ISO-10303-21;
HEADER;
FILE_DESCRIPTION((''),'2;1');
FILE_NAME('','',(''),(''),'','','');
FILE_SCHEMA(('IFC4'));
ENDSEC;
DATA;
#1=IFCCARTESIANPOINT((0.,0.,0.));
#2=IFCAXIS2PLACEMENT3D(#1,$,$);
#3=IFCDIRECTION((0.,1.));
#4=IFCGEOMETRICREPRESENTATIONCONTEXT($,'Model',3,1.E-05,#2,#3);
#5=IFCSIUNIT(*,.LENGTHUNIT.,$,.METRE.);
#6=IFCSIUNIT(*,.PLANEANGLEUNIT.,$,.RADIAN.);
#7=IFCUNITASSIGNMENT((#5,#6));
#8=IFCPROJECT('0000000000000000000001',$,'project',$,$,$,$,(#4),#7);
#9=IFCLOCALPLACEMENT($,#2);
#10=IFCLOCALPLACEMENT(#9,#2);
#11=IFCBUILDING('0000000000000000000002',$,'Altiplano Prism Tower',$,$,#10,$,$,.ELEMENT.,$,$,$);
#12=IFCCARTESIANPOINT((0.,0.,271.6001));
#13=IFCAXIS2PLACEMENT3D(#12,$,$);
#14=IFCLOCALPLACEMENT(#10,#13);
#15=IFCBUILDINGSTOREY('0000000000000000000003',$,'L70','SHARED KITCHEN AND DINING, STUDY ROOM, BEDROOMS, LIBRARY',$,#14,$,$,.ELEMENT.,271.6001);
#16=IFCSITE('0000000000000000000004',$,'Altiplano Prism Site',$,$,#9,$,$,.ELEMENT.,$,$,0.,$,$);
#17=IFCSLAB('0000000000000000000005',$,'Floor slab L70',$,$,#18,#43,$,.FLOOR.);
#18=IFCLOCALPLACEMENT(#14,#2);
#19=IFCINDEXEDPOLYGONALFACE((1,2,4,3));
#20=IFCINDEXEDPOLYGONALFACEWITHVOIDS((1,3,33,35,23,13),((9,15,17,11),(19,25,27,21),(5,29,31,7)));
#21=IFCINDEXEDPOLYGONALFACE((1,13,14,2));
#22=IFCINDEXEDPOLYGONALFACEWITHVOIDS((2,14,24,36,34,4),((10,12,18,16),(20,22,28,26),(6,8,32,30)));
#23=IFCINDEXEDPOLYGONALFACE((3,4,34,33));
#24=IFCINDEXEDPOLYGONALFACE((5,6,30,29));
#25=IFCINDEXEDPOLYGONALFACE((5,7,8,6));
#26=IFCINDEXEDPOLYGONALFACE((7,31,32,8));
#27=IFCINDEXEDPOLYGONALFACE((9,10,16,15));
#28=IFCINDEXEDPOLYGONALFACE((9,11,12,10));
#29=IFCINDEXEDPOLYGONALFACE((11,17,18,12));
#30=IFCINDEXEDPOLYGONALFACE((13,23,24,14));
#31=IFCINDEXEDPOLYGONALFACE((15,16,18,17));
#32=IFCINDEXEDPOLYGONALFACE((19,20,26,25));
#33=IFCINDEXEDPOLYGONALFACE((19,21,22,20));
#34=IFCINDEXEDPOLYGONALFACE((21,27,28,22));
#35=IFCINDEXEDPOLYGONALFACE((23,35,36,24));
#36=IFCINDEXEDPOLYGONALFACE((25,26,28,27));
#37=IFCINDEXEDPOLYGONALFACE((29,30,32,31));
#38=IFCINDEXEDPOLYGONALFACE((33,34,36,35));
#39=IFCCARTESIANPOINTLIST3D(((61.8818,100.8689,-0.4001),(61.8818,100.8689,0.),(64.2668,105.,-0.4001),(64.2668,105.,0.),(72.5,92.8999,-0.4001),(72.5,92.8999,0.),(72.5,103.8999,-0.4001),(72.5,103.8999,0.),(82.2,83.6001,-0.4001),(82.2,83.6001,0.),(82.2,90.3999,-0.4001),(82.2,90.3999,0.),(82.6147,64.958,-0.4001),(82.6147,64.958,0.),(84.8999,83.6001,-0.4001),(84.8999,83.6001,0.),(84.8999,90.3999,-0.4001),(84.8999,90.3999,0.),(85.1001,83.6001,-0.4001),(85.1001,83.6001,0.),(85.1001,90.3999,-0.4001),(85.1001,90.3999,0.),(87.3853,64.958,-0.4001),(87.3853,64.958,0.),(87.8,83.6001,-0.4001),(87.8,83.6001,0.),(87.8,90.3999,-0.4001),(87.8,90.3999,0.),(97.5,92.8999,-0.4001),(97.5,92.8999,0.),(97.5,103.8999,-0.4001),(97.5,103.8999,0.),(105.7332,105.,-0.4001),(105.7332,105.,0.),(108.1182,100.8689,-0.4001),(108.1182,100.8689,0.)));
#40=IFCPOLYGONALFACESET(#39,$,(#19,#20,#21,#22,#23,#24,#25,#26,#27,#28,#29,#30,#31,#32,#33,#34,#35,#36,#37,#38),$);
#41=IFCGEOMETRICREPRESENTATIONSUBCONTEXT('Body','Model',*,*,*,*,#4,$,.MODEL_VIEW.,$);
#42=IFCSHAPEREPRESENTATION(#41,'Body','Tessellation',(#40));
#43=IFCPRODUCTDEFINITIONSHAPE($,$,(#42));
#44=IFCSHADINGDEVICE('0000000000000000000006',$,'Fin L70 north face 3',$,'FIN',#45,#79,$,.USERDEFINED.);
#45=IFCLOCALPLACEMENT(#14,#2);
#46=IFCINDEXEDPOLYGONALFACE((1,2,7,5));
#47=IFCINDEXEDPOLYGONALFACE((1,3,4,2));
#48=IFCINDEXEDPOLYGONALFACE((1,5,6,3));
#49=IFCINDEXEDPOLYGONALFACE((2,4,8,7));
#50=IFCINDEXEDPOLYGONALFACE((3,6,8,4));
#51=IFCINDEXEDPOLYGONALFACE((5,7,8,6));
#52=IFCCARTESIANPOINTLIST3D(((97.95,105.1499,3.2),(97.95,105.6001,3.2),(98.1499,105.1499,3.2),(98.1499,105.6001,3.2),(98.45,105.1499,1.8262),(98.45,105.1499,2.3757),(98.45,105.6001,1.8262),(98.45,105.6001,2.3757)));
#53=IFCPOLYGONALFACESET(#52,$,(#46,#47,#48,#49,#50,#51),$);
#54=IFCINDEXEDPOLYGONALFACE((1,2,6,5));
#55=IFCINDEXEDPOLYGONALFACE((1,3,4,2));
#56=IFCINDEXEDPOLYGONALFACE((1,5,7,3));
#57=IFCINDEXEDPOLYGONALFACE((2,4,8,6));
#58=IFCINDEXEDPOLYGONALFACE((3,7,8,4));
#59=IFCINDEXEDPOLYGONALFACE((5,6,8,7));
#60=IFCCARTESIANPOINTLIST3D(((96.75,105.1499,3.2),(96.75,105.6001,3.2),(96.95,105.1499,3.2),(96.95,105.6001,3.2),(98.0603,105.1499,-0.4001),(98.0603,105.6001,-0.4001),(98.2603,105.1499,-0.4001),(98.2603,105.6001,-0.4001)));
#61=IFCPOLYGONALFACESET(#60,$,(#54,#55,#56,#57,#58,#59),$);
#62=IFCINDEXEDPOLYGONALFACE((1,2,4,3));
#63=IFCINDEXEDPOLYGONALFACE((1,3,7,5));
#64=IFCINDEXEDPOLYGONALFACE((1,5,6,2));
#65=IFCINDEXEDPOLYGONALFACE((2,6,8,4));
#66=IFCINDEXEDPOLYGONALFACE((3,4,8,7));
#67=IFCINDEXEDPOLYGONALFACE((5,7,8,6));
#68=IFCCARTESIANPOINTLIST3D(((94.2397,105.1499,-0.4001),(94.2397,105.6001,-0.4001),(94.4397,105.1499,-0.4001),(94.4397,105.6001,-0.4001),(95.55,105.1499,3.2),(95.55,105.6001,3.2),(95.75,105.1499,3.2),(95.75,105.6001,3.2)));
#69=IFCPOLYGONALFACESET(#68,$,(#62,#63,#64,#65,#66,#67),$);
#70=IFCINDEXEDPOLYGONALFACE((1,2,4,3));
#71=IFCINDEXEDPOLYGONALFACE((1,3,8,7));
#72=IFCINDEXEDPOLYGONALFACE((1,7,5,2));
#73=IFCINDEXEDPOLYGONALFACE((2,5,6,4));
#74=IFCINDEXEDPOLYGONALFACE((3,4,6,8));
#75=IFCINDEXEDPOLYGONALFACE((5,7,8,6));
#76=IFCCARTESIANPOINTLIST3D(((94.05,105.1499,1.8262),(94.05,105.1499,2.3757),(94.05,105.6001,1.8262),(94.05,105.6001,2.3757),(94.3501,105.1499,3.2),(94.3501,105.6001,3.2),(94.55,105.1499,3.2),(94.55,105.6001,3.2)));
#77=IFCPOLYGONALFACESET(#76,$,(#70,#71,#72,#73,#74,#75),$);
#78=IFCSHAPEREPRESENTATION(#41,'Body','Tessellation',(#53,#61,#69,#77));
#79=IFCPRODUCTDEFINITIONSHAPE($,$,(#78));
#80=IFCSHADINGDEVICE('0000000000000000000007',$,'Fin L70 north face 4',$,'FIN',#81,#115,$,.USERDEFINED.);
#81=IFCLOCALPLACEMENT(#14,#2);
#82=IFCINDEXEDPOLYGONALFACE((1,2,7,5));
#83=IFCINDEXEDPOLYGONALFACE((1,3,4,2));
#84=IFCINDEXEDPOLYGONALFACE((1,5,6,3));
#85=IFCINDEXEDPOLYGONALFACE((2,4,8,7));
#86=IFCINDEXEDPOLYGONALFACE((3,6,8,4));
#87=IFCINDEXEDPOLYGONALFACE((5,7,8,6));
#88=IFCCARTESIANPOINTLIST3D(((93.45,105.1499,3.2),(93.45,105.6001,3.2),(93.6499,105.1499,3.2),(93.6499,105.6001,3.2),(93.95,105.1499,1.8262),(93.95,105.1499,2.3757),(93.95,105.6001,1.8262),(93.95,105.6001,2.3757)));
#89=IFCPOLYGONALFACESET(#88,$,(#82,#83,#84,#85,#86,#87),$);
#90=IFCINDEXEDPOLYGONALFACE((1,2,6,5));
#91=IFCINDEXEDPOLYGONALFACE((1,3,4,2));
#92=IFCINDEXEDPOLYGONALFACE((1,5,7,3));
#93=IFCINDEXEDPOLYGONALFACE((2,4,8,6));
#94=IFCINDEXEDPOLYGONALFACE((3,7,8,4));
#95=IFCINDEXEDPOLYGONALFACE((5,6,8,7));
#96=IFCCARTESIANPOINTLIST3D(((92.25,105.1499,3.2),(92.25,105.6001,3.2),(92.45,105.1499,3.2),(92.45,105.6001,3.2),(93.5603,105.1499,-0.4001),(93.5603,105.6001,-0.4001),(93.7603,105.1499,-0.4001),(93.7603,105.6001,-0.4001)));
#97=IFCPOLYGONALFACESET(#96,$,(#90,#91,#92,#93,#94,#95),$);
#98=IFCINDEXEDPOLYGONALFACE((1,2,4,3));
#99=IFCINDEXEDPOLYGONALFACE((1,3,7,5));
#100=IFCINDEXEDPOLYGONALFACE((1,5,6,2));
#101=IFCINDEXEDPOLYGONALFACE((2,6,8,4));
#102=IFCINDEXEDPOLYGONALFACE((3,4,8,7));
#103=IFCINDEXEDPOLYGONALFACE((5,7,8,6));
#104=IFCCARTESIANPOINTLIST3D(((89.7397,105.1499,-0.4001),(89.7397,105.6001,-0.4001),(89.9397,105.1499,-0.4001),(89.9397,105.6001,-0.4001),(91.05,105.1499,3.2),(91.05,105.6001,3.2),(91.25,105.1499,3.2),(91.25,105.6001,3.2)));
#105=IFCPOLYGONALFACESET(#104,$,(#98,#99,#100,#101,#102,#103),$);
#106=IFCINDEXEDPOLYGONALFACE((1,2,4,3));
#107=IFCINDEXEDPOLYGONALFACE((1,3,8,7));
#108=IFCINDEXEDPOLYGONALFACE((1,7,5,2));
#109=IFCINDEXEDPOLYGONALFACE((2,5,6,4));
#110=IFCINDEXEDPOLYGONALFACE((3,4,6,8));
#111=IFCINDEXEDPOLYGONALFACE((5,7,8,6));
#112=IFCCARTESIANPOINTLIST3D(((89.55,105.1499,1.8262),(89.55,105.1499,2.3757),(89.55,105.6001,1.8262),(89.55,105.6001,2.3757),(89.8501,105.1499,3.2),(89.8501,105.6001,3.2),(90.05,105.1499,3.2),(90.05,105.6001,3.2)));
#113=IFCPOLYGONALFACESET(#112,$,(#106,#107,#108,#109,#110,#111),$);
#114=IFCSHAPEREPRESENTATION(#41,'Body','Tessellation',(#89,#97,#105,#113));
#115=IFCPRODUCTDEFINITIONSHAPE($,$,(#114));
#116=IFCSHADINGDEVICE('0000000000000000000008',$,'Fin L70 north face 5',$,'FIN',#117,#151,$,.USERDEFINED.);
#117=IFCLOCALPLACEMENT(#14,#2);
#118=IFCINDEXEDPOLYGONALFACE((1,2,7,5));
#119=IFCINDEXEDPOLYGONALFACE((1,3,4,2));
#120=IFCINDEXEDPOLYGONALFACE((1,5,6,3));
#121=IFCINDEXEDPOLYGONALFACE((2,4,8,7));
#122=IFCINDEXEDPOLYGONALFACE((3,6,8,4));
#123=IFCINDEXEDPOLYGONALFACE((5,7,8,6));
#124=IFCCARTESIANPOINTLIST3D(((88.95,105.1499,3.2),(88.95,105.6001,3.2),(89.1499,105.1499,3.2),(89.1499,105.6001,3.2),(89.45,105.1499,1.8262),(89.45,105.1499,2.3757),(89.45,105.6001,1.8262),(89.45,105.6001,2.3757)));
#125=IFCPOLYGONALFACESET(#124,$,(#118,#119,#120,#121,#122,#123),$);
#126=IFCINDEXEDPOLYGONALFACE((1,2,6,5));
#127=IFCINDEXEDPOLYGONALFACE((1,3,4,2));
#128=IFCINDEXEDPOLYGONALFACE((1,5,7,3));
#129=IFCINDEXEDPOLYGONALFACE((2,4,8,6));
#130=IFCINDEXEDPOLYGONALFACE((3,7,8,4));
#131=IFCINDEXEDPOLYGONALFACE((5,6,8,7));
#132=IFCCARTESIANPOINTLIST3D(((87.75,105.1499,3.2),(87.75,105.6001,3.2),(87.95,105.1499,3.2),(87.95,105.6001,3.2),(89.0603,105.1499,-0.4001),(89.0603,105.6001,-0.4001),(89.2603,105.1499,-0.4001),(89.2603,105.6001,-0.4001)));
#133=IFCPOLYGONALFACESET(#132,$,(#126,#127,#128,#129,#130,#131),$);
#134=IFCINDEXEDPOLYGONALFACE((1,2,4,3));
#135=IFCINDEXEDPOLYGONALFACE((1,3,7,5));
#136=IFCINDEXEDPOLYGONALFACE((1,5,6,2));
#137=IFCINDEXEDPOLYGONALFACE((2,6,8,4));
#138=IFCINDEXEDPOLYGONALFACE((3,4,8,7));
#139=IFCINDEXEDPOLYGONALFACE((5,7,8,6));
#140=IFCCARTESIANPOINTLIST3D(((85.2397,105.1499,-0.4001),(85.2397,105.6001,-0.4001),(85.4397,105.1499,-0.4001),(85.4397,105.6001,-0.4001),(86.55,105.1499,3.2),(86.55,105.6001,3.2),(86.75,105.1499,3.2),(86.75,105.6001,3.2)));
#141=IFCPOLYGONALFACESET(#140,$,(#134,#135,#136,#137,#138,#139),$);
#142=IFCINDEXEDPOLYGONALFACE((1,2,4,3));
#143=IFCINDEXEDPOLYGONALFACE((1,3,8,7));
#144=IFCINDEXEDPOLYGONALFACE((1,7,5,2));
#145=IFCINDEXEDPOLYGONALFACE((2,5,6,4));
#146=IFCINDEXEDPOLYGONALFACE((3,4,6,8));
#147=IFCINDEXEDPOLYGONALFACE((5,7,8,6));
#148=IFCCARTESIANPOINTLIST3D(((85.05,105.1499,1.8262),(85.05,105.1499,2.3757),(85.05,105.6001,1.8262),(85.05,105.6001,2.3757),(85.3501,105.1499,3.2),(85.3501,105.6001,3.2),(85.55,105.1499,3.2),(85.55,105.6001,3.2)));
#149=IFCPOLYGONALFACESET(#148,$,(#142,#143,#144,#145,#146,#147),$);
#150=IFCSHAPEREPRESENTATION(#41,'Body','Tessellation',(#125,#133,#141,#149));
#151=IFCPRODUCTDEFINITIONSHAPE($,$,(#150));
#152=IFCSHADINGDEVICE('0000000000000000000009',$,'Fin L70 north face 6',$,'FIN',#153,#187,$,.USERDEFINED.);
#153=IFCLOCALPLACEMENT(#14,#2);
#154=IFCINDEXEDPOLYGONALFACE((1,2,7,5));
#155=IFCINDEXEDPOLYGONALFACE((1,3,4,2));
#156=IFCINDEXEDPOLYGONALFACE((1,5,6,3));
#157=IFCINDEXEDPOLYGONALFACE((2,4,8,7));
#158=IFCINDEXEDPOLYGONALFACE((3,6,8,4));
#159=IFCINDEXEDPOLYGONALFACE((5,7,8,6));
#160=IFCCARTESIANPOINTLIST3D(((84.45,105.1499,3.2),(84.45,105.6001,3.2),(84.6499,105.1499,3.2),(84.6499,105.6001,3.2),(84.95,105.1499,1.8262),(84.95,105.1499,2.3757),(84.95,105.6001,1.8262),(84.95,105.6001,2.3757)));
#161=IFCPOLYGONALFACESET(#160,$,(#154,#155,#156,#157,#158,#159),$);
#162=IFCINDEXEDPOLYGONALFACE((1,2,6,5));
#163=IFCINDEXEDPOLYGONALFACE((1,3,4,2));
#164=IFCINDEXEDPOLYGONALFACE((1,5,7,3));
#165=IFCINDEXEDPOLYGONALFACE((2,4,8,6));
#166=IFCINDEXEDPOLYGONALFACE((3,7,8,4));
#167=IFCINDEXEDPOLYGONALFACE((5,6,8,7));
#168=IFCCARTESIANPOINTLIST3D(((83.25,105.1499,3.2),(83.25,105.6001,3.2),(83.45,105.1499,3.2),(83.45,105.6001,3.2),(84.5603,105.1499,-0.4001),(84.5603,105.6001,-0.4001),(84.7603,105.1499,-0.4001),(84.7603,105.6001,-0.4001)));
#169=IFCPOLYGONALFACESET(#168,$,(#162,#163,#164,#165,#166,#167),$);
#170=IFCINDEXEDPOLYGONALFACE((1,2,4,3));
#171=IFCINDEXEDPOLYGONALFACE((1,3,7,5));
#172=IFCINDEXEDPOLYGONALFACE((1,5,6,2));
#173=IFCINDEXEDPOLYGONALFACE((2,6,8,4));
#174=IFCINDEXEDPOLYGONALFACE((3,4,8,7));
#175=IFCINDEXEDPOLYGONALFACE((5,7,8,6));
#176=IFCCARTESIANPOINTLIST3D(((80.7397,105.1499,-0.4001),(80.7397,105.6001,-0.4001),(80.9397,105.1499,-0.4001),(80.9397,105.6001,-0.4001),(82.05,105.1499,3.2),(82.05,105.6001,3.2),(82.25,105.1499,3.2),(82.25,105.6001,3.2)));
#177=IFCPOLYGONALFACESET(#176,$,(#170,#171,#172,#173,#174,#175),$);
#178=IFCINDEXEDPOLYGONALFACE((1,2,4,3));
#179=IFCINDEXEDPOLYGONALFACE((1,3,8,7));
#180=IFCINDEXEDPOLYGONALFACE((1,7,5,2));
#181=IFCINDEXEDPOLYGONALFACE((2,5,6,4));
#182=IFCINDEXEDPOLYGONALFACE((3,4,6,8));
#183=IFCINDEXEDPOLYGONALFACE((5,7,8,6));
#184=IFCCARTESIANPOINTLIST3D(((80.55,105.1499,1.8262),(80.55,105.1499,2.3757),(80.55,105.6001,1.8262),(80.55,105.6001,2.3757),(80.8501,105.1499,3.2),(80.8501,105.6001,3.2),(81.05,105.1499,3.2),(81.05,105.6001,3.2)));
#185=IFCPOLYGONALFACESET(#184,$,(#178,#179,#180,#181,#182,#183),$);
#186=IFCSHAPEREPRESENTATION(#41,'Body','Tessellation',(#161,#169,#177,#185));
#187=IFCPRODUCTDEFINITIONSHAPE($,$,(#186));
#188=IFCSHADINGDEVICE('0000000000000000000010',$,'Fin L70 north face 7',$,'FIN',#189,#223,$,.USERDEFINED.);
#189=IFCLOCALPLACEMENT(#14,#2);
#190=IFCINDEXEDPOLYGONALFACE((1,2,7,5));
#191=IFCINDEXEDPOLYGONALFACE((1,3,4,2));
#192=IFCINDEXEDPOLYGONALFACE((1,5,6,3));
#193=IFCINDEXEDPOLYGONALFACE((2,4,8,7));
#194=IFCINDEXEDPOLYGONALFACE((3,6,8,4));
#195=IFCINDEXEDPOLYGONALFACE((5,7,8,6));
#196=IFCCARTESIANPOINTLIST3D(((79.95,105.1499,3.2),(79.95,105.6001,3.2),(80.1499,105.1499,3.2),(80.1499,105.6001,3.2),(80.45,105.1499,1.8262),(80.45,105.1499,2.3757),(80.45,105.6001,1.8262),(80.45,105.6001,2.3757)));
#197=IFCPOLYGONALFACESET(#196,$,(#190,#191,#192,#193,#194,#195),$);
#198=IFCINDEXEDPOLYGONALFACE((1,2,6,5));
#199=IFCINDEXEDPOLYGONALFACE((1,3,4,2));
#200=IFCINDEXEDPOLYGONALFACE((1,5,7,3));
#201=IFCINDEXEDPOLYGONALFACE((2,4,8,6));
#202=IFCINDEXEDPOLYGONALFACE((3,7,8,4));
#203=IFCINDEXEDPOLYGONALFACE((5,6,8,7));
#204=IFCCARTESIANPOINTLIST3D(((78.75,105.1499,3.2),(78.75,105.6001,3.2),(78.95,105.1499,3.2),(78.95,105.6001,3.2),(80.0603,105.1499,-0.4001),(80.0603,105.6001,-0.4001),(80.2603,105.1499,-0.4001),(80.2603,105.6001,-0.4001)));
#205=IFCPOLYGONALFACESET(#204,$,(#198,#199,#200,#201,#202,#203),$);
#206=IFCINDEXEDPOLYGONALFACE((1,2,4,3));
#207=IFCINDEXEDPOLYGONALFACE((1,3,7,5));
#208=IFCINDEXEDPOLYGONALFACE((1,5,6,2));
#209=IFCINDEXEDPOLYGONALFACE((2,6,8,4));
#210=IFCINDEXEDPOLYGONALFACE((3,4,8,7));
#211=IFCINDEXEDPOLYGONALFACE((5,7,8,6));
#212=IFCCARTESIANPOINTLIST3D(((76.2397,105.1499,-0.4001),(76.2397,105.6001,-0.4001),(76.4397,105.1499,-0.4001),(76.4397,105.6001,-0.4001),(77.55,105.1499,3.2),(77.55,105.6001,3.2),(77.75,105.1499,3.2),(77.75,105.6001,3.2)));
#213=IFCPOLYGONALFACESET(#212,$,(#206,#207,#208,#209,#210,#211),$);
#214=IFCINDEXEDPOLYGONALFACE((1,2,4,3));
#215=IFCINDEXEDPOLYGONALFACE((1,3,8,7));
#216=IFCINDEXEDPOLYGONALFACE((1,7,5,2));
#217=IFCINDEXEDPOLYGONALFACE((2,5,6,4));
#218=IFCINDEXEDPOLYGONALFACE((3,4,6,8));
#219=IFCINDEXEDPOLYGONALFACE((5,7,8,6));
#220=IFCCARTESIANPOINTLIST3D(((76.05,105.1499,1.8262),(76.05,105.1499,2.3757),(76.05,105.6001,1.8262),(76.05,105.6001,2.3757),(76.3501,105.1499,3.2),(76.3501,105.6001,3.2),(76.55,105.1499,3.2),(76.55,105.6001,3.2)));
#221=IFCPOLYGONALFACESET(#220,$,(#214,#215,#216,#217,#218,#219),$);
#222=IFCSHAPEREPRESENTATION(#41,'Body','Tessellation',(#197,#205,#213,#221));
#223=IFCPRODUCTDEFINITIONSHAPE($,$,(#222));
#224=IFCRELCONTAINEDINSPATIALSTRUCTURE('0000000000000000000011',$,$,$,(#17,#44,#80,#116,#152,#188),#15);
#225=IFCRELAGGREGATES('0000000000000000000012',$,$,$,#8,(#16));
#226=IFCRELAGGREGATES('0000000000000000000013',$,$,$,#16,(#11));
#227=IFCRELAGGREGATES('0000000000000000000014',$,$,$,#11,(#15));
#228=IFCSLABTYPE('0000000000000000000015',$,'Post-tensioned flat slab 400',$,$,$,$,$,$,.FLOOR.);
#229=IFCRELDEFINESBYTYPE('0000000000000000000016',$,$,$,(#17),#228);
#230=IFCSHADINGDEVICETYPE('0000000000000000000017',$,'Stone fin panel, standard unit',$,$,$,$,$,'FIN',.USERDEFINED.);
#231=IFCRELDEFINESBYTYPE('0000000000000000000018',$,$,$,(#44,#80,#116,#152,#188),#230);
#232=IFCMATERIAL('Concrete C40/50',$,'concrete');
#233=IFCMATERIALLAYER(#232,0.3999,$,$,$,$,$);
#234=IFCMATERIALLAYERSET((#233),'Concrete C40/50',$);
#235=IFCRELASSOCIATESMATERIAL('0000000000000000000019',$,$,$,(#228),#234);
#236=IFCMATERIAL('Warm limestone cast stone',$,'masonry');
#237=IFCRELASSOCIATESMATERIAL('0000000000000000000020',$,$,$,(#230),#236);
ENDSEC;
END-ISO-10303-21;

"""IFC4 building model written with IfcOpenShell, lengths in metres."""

from ifc_helpers import new_model, si_unit, direction, frame, origin, place, context, subcontext, project, spatial, polyline, outline, extrude, source, transform, mapped, material, layer, layer_set, type_object, element, save


model = new_model("IFC4")

# Units and contexts
model_context = context("Model", 3, precision=1e-05, world=origin(), true_north=direction((0.0, 1.0)))
body_context = subcontext(model_context, "Body", "Model", "MODEL_VIEW")
ifc_project = project(units=[si_unit("LENGTHUNIT", "METRE"), si_unit("PLANEANGLEUNIT", "RADIAN")], contexts=[model_context])

# Site, building, storey
site_placement = place(None, origin())
site = spatial("IfcSite", under=ifc_project, at=site_placement, Name="Altiplano Prism Site", CompositionType="ELEMENT", RefElevation=0.0)
building_placement = place(site_placement, origin())
building = spatial("IfcBuilding", under=site, at=building_placement, Name="Altiplano Prism Tower", CompositionType="ELEMENT")
storey_placement = place(building_placement, frame((0.0, 0.0, 271.6001)))
storey = spatial("IfcBuildingStorey", under=building, at=storey_placement, Name="L70", Description="SHARED KITCHEN AND DINING, STUDY ROOM, BEDROOMS, LIBRARY", CompositionType="ELEMENT", Elevation=271.6001)

# Slab
ifc_material_1 = material(Name="Concrete C40/50", Category="concrete")
ifc_layer = layer(ifc_material_1, 0.3999)
ifc_layer_set = layer_set([ifc_layer], Name="Concrete C40/50")
slab_type = type_object("IfcSlabType", Name="Post-tensioned flat slab 400", PredefinedType="FLOOR", material=ifc_layer_set)
slab_placement = place(storey_placement, frame((0.0, 0.0, -0.4001)))
element("IfcSlab", 1, at=slab_placement, inside=storey, type_object=slab_type, Name="Floor slab L70", PredefinedType="FLOOR", context=body_context, shape_type="SweptSolid", body=[
    extrude(outline(polyline([(82.6147, 64.958), (61.8818, 100.8689), (64.2668, 105.0), (105.7332, 105.0), (108.1182, 100.8689), (87.3853, 64.958), (82.6147, 64.958)]), holes=[polyline([(72.5, 103.8999), (72.5, 92.8999), (97.5, 92.8999), (97.5, 103.8999), (72.5, 103.8999)]), polyline([(84.8999, 90.3999), (82.2, 90.3999), (82.2, 83.6001), (84.8999, 83.6001), (84.8999, 90.3999)]), polyline([(87.8, 83.6001), (87.8, 90.3999), (85.1001, 90.3999), (85.1001, 83.6001), (87.8, 83.6001)])]), origin(), (0.0, 0.0, 1.0), 0.4001),
])

# Shading devices
ifc_material_2 = material(Name="Warm limestone cast stone", Category="masonry")
shading_device_type_1 = type_object("IfcShadingDeviceType", Name="Stone fin panel, standard unit", ElementType="FIN", PredefinedType="USERDEFINED", material=ifc_material_2)
shared_shape_1 = source(origin(), body_context, "Body", "SweptSolid", [
    extrude(outline(polyline([(-2.2, 2.2263), (-1.7, 3.6001), (-1.8999, 3.6001), (-2.2, 2.7759), (-2.2, 2.2263)])), frame((0.0, -0.1499, 0.0), z_axis=(0.0, -1.0, 0.0), x_axis=(1.0, 0.0, 0.0)), (0.0, 0.0, 1.0), 0.4502),
    extrude(outline(polyline([(-2.0103, 0.0), (-1.8103, 0.0), (-0.5, 3.6001), (-0.7, 3.6001), (-2.0103, 0.0)])), frame((0.0, -0.1499, 0.0), z_axis=(0.0, -1.0, 0.0), x_axis=(1.0, 0.0, 0.0)), (0.0, 0.0, 1.0), 0.4502),
    extrude(outline(polyline([(1.8103, 0.0), (2.0103, 0.0), (0.7, 3.6001), (0.5, 3.6001), (1.8103, 0.0)])), frame((0.0, -0.1499, 0.0), z_axis=(0.0, -1.0, 0.0), x_axis=(1.0, 0.0, 0.0)), (0.0, 0.0, 1.0), 0.4502),
    extrude(outline(polyline([(2.2, 2.7759), (1.8999, 3.6001), (1.7, 3.6001), (2.2, 2.2263), (2.2, 2.7759)])), frame((0.0, -0.1499, 0.0), z_axis=(0.0, -1.0, 0.0), x_axis=(1.0, 0.0, 0.0)), (0.0, 0.0, 1.0), 0.4502),
])
shading_device_1_placement = place(storey_placement, origin())
element("IfcShadingDevice", 2, at=shading_device_1_placement, inside=storey, type_object=shading_device_type_1, Name="Fin L70 north face 3", ObjectType="FIN", PredefinedType="USERDEFINED", context=body_context, shape_type="MappedRepresentation", body=[
    mapped(shared_shape_1, transform((96.25, 105.0, -0.4001), x_axis=(-1.0, 0.0, 0.0), y_axis=(0.0, -1.0, 0.0), z_axis=(0.0, 0.0, 1.0))),
])
shading_device_2_placement = place(storey_placement, origin())
element("IfcShadingDevice", 3, at=shading_device_2_placement, inside=storey, type_object=shading_device_type_1, Name="Fin L70 north face 4", ObjectType="FIN", PredefinedType="USERDEFINED", context=body_context, shape_type="MappedRepresentation", body=[
    mapped(shared_shape_1, transform((91.75, 105.0, -0.4001), x_axis=(-1.0, 0.0, 0.0), y_axis=(0.0, -1.0, 0.0), z_axis=(0.0, 0.0, 1.0))),
])
shading_device_3_placement = place(storey_placement, origin())
element("IfcShadingDevice", 4, at=shading_device_3_placement, inside=storey, type_object=shading_device_type_1, Name="Fin L70 north face 5", ObjectType="FIN", PredefinedType="USERDEFINED", context=body_context, shape_type="MappedRepresentation", body=[
    mapped(shared_shape_1, transform((87.25, 105.0, -0.4001), x_axis=(-1.0, 0.0, 0.0), y_axis=(0.0, -1.0, 0.0), z_axis=(0.0, 0.0, 1.0))),
])
shading_device_4_placement = place(storey_placement, origin())
element("IfcShadingDevice", 5, at=shading_device_4_placement, inside=storey, type_object=shading_device_type_1, Name="Fin L70 north face 6", ObjectType="FIN", PredefinedType="USERDEFINED", context=body_context, shape_type="MappedRepresentation", body=[
    mapped(shared_shape_1, transform((82.75, 105.0, -0.4001), x_axis=(-1.0, 0.0, 0.0), y_axis=(0.0, -1.0, 0.0), z_axis=(0.0, 0.0, 1.0))),
])
shading_device_5_placement = place(storey_placement, origin())
element("IfcShadingDevice", 6, at=shading_device_5_placement, inside=storey, type_object=shading_device_type_1, Name="Fin L70 north face 7", ObjectType="FIN", PredefinedType="USERDEFINED", context=body_context, shape_type="MappedRepresentation", body=[
    mapped(shared_shape_1, transform((78.25, 105.0, -0.4001), x_axis=(-1.0, 0.0, 0.0), y_axis=(0.0, -1.0, 0.0), z_axis=(0.0, 0.0, 1.0))),
])

save(model, "model.ifc")
